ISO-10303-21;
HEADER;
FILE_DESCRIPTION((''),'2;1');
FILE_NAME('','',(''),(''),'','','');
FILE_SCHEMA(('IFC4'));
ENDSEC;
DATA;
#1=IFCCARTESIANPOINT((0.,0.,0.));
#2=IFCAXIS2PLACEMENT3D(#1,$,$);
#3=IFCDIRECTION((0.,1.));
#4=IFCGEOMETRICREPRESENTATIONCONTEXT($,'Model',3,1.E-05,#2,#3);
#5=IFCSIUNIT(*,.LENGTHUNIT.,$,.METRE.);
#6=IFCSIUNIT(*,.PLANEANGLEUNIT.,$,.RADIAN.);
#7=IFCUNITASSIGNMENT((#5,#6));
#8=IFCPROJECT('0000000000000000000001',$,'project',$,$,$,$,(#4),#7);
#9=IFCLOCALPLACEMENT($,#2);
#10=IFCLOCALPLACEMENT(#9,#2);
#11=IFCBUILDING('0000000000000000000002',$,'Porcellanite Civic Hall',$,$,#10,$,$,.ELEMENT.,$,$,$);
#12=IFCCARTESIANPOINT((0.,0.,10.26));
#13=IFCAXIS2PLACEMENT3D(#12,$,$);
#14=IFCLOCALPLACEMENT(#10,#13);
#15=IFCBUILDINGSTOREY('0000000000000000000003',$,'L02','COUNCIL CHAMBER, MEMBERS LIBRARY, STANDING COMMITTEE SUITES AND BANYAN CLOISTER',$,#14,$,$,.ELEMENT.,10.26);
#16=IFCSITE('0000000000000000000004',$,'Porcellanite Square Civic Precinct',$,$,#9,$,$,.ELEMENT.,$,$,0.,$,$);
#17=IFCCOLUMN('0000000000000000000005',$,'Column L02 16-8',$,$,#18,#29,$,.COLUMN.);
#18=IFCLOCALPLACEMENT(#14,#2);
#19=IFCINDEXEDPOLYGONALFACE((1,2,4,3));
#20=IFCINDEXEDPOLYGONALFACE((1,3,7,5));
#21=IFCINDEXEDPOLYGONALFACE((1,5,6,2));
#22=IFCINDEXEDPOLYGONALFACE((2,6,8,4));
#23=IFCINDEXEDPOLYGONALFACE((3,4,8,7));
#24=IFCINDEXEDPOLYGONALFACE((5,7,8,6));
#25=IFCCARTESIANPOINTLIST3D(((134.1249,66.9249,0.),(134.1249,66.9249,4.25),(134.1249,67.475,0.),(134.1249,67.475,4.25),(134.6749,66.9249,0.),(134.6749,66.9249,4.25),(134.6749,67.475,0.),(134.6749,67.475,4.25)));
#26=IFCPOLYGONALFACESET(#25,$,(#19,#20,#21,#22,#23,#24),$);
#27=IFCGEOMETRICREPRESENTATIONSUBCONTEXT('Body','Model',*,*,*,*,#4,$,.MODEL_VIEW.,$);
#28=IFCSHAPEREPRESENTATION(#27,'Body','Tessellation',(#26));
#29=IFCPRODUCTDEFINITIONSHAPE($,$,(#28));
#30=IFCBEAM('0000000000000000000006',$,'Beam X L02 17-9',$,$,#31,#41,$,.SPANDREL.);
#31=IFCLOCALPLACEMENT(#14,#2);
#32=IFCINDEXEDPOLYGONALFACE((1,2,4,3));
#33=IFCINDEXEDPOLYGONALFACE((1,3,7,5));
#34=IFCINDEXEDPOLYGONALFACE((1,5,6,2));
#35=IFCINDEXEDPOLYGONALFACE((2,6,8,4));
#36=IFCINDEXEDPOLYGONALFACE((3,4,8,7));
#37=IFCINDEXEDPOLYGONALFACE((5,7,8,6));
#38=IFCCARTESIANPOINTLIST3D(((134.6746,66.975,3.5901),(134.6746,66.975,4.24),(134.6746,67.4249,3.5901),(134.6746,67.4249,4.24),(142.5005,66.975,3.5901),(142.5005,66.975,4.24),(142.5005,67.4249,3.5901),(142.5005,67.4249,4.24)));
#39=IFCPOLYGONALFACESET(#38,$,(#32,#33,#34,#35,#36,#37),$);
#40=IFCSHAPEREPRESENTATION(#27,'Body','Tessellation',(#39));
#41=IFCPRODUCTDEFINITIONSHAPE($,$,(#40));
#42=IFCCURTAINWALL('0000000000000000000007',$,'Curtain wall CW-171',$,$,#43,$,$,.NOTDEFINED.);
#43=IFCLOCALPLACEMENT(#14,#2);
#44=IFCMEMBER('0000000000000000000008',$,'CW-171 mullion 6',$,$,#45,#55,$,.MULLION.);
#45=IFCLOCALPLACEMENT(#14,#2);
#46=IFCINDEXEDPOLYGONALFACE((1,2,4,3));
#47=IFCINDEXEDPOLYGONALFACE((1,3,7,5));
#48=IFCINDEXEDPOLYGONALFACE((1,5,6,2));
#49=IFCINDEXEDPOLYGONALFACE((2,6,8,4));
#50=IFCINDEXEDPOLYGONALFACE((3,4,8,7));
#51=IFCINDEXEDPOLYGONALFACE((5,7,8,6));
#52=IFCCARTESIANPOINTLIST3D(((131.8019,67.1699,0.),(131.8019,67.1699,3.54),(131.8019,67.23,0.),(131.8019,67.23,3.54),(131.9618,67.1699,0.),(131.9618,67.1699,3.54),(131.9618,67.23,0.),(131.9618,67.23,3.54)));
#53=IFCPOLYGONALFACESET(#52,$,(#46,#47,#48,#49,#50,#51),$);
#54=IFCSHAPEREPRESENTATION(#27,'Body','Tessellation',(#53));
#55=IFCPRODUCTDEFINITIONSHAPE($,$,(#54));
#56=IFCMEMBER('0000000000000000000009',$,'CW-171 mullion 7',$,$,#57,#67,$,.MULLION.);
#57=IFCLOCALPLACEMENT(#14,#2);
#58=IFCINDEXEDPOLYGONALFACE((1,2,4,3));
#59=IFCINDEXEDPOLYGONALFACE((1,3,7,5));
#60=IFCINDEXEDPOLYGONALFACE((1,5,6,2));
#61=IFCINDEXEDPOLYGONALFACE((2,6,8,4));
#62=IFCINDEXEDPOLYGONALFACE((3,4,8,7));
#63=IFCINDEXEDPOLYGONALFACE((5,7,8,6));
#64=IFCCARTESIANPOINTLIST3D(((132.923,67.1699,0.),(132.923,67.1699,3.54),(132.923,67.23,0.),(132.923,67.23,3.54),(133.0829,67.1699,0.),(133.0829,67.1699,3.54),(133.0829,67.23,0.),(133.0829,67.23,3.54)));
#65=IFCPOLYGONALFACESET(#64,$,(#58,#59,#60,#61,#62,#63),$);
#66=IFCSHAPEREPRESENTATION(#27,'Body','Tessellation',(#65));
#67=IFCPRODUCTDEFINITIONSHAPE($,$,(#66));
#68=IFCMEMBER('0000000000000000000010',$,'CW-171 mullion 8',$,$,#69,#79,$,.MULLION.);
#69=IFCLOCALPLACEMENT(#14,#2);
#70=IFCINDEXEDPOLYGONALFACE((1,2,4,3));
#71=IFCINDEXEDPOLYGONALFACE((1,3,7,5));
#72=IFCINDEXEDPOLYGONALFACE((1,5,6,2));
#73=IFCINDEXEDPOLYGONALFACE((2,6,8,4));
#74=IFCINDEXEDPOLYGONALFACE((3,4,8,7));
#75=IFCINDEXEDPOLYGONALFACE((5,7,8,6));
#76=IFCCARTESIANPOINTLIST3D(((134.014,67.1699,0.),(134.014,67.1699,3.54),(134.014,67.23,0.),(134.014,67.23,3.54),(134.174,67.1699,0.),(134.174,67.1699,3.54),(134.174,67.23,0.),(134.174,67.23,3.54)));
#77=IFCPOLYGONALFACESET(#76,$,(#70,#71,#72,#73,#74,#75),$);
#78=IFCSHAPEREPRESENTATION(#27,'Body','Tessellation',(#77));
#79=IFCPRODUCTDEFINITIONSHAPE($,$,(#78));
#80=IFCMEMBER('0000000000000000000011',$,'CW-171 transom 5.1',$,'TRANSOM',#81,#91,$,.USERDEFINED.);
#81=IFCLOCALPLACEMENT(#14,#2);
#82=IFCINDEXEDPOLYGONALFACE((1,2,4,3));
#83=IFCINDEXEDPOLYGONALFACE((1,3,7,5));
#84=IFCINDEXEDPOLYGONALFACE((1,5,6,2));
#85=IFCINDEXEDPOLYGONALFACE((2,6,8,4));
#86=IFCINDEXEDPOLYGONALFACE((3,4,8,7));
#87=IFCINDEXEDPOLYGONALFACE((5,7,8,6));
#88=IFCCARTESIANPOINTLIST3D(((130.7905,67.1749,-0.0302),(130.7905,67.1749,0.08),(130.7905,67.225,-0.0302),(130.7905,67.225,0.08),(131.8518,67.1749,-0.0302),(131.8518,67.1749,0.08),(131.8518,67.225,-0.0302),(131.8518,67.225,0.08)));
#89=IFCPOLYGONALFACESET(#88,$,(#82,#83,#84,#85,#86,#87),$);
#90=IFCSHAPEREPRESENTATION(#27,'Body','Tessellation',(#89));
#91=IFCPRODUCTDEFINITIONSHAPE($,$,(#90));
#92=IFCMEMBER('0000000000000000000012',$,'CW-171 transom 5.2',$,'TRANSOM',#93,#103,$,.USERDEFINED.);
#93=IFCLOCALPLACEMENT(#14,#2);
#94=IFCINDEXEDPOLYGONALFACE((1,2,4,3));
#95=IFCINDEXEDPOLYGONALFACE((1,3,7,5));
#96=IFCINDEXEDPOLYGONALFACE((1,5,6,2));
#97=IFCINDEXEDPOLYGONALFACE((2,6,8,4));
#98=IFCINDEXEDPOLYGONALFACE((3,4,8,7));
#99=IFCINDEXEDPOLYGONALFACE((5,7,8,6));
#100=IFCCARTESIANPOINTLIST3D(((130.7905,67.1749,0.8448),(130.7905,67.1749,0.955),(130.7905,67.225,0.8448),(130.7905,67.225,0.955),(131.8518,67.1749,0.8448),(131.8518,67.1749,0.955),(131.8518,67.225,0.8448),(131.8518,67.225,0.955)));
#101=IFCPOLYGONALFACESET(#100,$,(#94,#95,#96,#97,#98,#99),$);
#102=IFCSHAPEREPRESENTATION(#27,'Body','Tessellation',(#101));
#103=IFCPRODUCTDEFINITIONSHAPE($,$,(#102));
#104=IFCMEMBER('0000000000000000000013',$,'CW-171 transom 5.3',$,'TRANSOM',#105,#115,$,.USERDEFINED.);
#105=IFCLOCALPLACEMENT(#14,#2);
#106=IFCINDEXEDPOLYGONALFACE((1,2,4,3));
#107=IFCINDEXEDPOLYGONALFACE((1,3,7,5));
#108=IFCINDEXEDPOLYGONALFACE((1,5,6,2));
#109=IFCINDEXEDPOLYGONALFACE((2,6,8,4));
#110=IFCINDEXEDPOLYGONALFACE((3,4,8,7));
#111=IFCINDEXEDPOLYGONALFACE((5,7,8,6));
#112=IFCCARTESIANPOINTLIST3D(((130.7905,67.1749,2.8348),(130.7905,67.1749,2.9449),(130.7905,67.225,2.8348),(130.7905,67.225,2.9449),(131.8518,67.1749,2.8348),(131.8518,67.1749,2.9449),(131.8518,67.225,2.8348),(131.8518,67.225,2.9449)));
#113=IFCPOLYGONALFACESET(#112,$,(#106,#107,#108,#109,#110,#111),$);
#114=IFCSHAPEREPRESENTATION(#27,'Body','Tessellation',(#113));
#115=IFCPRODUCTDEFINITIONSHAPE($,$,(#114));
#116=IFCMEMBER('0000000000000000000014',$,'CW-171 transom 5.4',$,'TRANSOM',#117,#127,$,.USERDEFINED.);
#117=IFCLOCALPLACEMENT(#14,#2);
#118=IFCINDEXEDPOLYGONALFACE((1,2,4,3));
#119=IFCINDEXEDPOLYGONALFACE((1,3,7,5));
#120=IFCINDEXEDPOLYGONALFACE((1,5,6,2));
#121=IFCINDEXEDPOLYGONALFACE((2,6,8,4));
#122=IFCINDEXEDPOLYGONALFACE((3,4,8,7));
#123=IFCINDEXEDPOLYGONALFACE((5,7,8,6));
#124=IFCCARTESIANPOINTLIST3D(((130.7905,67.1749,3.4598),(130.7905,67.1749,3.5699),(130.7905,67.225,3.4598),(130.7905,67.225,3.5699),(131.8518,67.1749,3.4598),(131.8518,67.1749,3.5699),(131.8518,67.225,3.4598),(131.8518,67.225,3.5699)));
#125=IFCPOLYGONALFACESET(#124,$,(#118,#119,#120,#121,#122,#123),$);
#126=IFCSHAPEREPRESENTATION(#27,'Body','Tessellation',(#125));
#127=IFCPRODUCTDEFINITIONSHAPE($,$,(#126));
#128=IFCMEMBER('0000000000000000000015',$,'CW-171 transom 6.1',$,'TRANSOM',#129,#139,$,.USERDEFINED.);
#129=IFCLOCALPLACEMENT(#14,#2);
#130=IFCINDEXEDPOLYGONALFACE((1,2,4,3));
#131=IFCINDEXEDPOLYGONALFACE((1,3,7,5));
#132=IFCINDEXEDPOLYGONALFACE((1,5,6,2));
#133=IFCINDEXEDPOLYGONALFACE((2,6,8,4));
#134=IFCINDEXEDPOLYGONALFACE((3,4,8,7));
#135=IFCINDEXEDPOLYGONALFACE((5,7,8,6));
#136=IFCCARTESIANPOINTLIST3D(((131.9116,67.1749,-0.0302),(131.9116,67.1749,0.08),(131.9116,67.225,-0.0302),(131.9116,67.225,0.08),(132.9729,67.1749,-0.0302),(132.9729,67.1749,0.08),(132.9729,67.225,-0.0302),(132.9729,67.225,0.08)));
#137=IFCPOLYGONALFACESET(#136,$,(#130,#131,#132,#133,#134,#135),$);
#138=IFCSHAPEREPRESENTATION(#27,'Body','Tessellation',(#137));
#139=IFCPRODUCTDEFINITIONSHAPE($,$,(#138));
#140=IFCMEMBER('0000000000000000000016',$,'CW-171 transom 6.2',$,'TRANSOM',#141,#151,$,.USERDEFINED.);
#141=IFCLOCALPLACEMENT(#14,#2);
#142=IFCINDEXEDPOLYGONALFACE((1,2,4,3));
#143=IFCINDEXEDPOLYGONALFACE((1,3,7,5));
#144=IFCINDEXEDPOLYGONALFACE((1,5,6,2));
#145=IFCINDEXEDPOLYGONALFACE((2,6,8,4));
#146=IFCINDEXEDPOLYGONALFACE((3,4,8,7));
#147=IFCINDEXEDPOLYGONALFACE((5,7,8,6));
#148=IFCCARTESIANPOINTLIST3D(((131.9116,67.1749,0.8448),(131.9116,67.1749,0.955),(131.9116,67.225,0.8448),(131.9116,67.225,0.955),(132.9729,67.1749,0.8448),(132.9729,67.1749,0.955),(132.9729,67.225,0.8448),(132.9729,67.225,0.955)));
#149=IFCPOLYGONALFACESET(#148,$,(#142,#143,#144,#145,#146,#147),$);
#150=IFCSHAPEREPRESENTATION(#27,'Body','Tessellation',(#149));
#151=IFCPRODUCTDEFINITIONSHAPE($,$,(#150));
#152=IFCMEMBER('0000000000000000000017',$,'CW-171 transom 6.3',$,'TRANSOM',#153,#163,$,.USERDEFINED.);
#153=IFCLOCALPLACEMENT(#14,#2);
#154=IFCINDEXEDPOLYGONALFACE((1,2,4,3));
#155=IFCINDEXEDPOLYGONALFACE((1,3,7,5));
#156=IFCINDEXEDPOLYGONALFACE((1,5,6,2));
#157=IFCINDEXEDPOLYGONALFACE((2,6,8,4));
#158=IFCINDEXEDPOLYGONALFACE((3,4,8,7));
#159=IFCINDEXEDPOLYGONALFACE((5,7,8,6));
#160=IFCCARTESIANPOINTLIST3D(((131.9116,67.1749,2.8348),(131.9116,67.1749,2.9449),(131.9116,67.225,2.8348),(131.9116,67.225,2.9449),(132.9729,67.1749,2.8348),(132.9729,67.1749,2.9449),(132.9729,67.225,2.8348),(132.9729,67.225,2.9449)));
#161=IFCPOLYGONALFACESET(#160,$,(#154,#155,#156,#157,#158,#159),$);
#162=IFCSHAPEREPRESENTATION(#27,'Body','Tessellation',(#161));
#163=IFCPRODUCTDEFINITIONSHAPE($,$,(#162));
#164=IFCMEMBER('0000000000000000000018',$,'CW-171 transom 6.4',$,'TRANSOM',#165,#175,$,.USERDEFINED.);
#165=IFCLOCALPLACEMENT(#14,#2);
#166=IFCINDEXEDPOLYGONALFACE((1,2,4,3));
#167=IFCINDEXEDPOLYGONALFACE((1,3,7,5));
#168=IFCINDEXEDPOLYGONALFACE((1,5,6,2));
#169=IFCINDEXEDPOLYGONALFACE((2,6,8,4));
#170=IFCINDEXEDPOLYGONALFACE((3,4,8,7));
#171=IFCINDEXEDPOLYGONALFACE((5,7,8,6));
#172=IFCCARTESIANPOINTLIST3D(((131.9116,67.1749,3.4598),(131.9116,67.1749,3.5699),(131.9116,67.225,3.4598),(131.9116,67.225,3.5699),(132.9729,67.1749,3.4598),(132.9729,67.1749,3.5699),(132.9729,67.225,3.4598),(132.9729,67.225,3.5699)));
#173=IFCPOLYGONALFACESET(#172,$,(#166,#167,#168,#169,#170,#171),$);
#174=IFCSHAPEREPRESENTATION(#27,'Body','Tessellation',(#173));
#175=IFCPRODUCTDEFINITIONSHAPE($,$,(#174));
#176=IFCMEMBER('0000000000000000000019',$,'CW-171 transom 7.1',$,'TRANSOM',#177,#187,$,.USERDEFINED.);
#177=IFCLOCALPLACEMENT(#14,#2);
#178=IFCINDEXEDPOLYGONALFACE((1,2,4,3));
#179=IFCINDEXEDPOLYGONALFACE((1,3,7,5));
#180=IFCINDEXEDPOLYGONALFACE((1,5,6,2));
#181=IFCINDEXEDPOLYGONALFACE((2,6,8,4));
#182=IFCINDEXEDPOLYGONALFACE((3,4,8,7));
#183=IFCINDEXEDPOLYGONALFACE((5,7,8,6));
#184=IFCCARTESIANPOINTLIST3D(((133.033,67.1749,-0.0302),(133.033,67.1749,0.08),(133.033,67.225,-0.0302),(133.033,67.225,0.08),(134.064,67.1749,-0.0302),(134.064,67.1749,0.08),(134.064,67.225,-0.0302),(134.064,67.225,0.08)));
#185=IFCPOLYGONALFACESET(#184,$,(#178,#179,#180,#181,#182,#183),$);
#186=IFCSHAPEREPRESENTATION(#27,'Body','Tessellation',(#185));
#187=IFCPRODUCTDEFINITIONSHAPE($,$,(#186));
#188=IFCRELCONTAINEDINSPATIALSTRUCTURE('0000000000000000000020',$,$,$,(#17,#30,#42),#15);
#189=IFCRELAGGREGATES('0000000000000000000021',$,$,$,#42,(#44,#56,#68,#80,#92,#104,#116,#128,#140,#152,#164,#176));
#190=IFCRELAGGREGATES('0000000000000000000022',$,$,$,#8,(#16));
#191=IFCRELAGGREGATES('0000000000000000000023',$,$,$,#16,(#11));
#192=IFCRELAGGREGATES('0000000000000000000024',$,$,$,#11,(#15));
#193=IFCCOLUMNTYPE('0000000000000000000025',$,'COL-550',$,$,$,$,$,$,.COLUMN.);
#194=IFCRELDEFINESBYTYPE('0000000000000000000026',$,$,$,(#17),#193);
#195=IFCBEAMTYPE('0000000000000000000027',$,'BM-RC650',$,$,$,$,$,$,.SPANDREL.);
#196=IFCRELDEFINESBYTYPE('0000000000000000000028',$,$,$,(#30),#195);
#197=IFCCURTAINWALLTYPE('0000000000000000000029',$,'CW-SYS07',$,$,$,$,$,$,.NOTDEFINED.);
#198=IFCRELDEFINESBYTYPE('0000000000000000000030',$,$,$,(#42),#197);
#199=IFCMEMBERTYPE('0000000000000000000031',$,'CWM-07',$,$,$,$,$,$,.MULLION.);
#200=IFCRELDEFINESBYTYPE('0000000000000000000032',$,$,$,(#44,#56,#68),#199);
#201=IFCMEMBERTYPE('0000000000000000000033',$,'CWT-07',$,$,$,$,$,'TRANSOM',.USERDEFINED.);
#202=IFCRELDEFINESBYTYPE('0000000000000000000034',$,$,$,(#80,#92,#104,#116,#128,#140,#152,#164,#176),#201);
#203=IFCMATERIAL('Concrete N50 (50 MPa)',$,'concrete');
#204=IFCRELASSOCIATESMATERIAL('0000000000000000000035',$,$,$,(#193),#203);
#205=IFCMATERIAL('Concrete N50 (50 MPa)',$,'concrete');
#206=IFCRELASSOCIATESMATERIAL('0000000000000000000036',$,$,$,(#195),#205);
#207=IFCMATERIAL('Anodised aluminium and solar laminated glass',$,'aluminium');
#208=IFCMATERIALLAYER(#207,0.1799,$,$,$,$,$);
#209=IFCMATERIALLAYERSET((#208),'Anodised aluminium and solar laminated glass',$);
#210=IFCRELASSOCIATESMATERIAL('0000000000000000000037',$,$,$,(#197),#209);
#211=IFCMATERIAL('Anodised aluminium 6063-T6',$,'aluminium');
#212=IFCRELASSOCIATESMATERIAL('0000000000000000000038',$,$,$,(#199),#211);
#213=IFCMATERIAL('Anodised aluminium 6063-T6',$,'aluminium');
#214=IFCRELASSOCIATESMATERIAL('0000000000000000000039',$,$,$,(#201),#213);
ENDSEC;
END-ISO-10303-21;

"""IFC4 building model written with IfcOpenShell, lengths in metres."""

from ifc_helpers import new_model, si_unit, direction, frame, origin, origin_2d, place, context, subcontext, project, spatial, rectangle, extrude, material, layer, layer_set, material_profile, profile_set, type_object, element, aggregate, save


model = new_model("IFC4")

# Units and contexts
model_context = context("Model", 3, precision=1e-05, world=origin(), true_north=direction((0.0, 1.0)))
body_context = subcontext(model_context, "Body", "Model", "MODEL_VIEW")
ifc_project = project(units=[si_unit("LENGTHUNIT", "METRE"), si_unit("PLANEANGLEUNIT", "RADIAN")], contexts=[model_context])

# Site, building, storey
site_placement = place(None, origin())
site = spatial("IfcSite", under=ifc_project, at=site_placement, Name="Porcellanite Square Civic Precinct", CompositionType="ELEMENT", RefElevation=0.0)
building_placement = place(site_placement, origin())
building = spatial("IfcBuilding", under=site, at=building_placement, Name="Porcellanite Civic Hall", CompositionType="ELEMENT")
storey_placement = place(building_placement, frame((0.0, 0.0, 10.26)))
storey = spatial("IfcBuildingStorey", under=building, at=storey_placement, Name="L02", Description="COUNCIL CHAMBER, MEMBERS LIBRARY, STANDING COMMITTEE SUITES AND BANYAN CLOISTER", CompositionType="ELEMENT", Elevation=10.26)

# Column
ifc_material_1 = material(Name="Concrete N50 (50 MPa)", Category="concrete")
ifc_material_profile_1 = material_profile(ifc_material_1, rectangle(XDim=0.55, YDim=0.55, at=origin_2d()), Name="RC-550x550")
ifc_profile_set_1 = profile_set([ifc_material_profile_1], Name="Concrete N50 (50 MPa)")
column_type = type_object("IfcColumnType", Name="COL-550", PredefinedType="COLUMN", material=ifc_profile_set_1)
column_placement = place(storey_placement, frame((134.3999, 67.2, 0.0), z_axis=(0.0, 0.0, 1.0), x_axis=(1.0, 0.0, 0.0)))
element("IfcColumn", 1, at=column_placement, inside=storey, type_object=column_type, Name="Column L02 16-8", PredefinedType="COLUMN", context=body_context, shape_type="SweptSolid", body=[
    extrude(rectangle(XDim=0.55, YDim=0.55, at=origin_2d()), origin(), (0.0, 0.0, 1.0), 4.25),
])

# Beam
ifc_material_2 = material(Name="Concrete N50 (50 MPa)", Category="concrete")
ifc_material_profile_2 = material_profile(ifc_material_2, rectangle(XDim=0.45, YDim=0.6499, at=origin_2d()), Name="RC-450x650")
ifc_profile_set_2 = profile_set([ifc_material_profile_2], Name="Concrete N50 (50 MPa)")
beam_type = type_object("IfcBeamType", Name="BM-RC650", PredefinedType="SPANDREL", material=ifc_profile_set_2)
beam_placement = place(storey_placement, frame((134.6746, 67.2, 3.915), z_axis=(1.0, 0.0, 0.0), x_axis=(0.0, 1.0, 0.0)))
element("IfcBeam", 2, at=beam_placement, inside=storey, type_object=beam_type, Name="Beam X L02 17-9", PredefinedType="SPANDREL", context=body_context, shape_type="SweptSolid", body=[
    extrude(rectangle(XDim=0.45, YDim=0.6499, at=origin_2d()), origin(), (0.0, 0.0, 1.0), 7.8259),
])

# Curtain wall, members
ifc_material_3 = material(Name="Anodised aluminium and solar laminated glass", Category="aluminium")
ifc_layer_1 = layer(ifc_material_3, 0.1799)
ifc_layer_set_1 = layer_set([ifc_layer_1], Name="Anodised aluminium and solar laminated glass")
curtain_wall_type = type_object("IfcCurtainWallType", Name="CW-SYS07", PredefinedType="NOTDEFINED", material=ifc_layer_set_1)
curtain_wall_placement = place(storey_placement, origin())
curtain_wall = element("IfcCurtainWall", 3, at=curtain_wall_placement, inside=storey, type_object=curtain_wall_type, Name="Curtain wall CW-171", PredefinedType="NOTDEFINED")
ifc_material_4 = material(Name="Anodised aluminium 6063-T6", Category="aluminium")
ifc_material_profile_3 = material_profile(ifc_material_4, rectangle(XDim=0.0601, YDim=0.1599, at=origin_2d()), Name="AL-60x160")
ifc_profile_set_3 = profile_set([ifc_material_profile_3], Name="Anodised aluminium 6063-T6")
member_type_1 = type_object("IfcMemberType", Name="CWM-07", PredefinedType="MULLION", material=ifc_profile_set_3)
member_1_placement = place(storey_placement, frame((131.8818, 67.2, 0.0), z_axis=(0.0, 0.0, 1.0), x_axis=(0.0, 1.0, 0.0)))
member_1 = element("IfcMember", 4, at=member_1_placement, type_object=member_type_1, Name="CW-171 mullion 6", PredefinedType="MULLION", context=body_context, shape_type="SweptSolid", body=[
    extrude(rectangle(XDim=0.0601, YDim=0.1599, at=origin_2d()), origin(), (0.0, 0.0, 1.0), 3.54),
])
member_2_placement = place(storey_placement, frame((133.0029, 67.2, 0.0), z_axis=(0.0, 0.0, 1.0), x_axis=(0.0, 1.0, 0.0)))
member_2 = element("IfcMember", 5, at=member_2_placement, type_object=member_type_1, Name="CW-171 mullion 7", PredefinedType="MULLION", context=body_context, shape_type="SweptSolid", body=[
    extrude(rectangle(XDim=0.0601, YDim=0.1599, at=origin_2d()), origin(), (0.0, 0.0, 1.0), 3.54),
])
member_3_placement = place(storey_placement, frame((134.094, 67.2, 0.0), z_axis=(0.0, 0.0, 1.0), x_axis=(0.0, 1.0, 0.0)))
member_3 = element("IfcMember", 6, at=member_3_placement, type_object=member_type_1, Name="CW-171 mullion 8", PredefinedType="MULLION", context=body_context, shape_type="SweptSolid", body=[
    extrude(rectangle(XDim=0.0601, YDim=0.1599, at=origin_2d()), origin(), (0.0, 0.0, 1.0), 3.54),
])
ifc_material_5 = material(Name="Anodised aluminium 6063-T6", Category="aluminium")
ifc_material_profile_4 = material_profile(ifc_material_5, rectangle(XDim=0.05, YDim=0.1101, at=origin_2d()), Name="AL-50x110")
ifc_profile_set_4 = profile_set([ifc_material_profile_4], Name="Anodised aluminium 6063-T6")
member_type_2 = type_object("IfcMemberType", Name="CWT-07", ElementType="TRANSOM", PredefinedType="USERDEFINED", material=ifc_profile_set_4)
member_4_placement = place(storey_placement, frame((130.7905, 67.2, 0.0249), z_axis=(1.0, 0.0, 0.0), x_axis=(0.0, 1.0, 0.0)))
member_4 = element("IfcMember", 7, at=member_4_placement, type_object=member_type_2, Name="CW-171 transom 5.1", ObjectType="TRANSOM", PredefinedType="USERDEFINED", context=body_context, shape_type="SweptSolid", body=[
    extrude(rectangle(XDim=0.05, YDim=0.1101, at=origin_2d()), origin(), (0.0, 0.0, 1.0), 1.0613),
])
member_5_placement = place(storey_placement, frame((130.7905, 67.2, 0.8999), z_axis=(1.0, 0.0, 0.0), x_axis=(0.0, 1.0, 0.0)))
member_5 = element("IfcMember", 8, at=member_5_placement, type_object=member_type_2, Name="CW-171 transom 5.2", ObjectType="TRANSOM", PredefinedType="USERDEFINED", context=body_context, shape_type="SweptSolid", body=[
    extrude(rectangle(XDim=0.05, YDim=0.1101, at=origin_2d()), origin(), (0.0, 0.0, 1.0), 1.0613),
])
member_6_placement = place(storey_placement, frame((130.7905, 67.2, 2.8899), z_axis=(1.0, 0.0, 0.0), x_axis=(0.0, 1.0, 0.0)))
member_6 = element("IfcMember", 9, at=member_6_placement, type_object=member_type_2, Name="CW-171 transom 5.3", ObjectType="TRANSOM", PredefinedType="USERDEFINED", context=body_context, shape_type="SweptSolid", body=[
    extrude(rectangle(XDim=0.05, YDim=0.1101, at=origin_2d()), origin(), (0.0, 0.0, 1.0), 1.0613),
])
member_7_placement = place(storey_placement, frame((130.7905, 67.2, 3.5149), z_axis=(1.0, 0.0, 0.0), x_axis=(0.0, 1.0, 0.0)))
member_7 = element("IfcMember", 10, at=member_7_placement, type_object=member_type_2, Name="CW-171 transom 5.4", ObjectType="TRANSOM", PredefinedType="USERDEFINED", context=body_context, shape_type="SweptSolid", body=[
    extrude(rectangle(XDim=0.05, YDim=0.1101, at=origin_2d()), origin(), (0.0, 0.0, 1.0), 1.0613),
])
member_8_placement = place(storey_placement, frame((131.9116, 67.2, 0.0249), z_axis=(1.0, 0.0, 0.0), x_axis=(0.0, 1.0, 0.0)))
member_8 = element("IfcMember", 11, at=member_8_placement, type_object=member_type_2, Name="CW-171 transom 6.1", ObjectType="TRANSOM", PredefinedType="USERDEFINED", context=body_context, shape_type="SweptSolid", body=[
    extrude(rectangle(XDim=0.05, YDim=0.1101, at=origin_2d()), origin(), (0.0, 0.0, 1.0), 1.0613),
])
member_9_placement = place(storey_placement, frame((131.9116, 67.2, 0.8999), z_axis=(1.0, 0.0, 0.0), x_axis=(0.0, 1.0, 0.0)))
member_9 = element("IfcMember", 12, at=member_9_placement, type_object=member_type_2, Name="CW-171 transom 6.2", ObjectType="TRANSOM", PredefinedType="USERDEFINED", context=body_context, shape_type="SweptSolid", body=[
    extrude(rectangle(XDim=0.05, YDim=0.1101, at=origin_2d()), origin(), (0.0, 0.0, 1.0), 1.0613),
])
member_10_placement = place(storey_placement, frame((131.9116, 67.2, 2.8899), z_axis=(1.0, 0.0, 0.0), x_axis=(0.0, 1.0, 0.0)))
member_10 = element("IfcMember", 13, at=member_10_placement, type_object=member_type_2, Name="CW-171 transom 6.3", ObjectType="TRANSOM", PredefinedType="USERDEFINED", context=body_context, shape_type="SweptSolid", body=[
    extrude(rectangle(XDim=0.05, YDim=0.1101, at=origin_2d()), origin(), (0.0, 0.0, 1.0), 1.0613),
])
member_11_placement = place(storey_placement, frame((131.9116, 67.2, 3.5149), z_axis=(1.0, 0.0, 0.0), x_axis=(0.0, 1.0, 0.0)))
member_11 = element("IfcMember", 14, at=member_11_placement, type_object=member_type_2, Name="CW-171 transom 6.4", ObjectType="TRANSOM", PredefinedType="USERDEFINED", context=body_context, shape_type="SweptSolid", body=[
    extrude(rectangle(XDim=0.05, YDim=0.1101, at=origin_2d()), origin(), (0.0, 0.0, 1.0), 1.0613),
])
member_12_placement = place(storey_placement, frame((133.033, 67.2, 0.0249), z_axis=(1.0, 0.0, 0.0), x_axis=(0.0, 1.0, 0.0)))
member_12 = element("IfcMember", 15, at=member_12_placement, type_object=member_type_2, Name="CW-171 transom 7.1", ObjectType="TRANSOM", PredefinedType="USERDEFINED", context=body_context, shape_type="SweptSolid", body=[
    extrude(rectangle(XDim=0.05, YDim=0.1101, at=origin_2d()), origin(), (0.0, 0.0, 1.0), 1.031),
])
aggregate(curtain_wall, [member_1, member_2, member_3, member_4, member_5, member_6, member_7, member_8, member_9, member_10, member_11, member_12])

save(model, "model.ifc")
